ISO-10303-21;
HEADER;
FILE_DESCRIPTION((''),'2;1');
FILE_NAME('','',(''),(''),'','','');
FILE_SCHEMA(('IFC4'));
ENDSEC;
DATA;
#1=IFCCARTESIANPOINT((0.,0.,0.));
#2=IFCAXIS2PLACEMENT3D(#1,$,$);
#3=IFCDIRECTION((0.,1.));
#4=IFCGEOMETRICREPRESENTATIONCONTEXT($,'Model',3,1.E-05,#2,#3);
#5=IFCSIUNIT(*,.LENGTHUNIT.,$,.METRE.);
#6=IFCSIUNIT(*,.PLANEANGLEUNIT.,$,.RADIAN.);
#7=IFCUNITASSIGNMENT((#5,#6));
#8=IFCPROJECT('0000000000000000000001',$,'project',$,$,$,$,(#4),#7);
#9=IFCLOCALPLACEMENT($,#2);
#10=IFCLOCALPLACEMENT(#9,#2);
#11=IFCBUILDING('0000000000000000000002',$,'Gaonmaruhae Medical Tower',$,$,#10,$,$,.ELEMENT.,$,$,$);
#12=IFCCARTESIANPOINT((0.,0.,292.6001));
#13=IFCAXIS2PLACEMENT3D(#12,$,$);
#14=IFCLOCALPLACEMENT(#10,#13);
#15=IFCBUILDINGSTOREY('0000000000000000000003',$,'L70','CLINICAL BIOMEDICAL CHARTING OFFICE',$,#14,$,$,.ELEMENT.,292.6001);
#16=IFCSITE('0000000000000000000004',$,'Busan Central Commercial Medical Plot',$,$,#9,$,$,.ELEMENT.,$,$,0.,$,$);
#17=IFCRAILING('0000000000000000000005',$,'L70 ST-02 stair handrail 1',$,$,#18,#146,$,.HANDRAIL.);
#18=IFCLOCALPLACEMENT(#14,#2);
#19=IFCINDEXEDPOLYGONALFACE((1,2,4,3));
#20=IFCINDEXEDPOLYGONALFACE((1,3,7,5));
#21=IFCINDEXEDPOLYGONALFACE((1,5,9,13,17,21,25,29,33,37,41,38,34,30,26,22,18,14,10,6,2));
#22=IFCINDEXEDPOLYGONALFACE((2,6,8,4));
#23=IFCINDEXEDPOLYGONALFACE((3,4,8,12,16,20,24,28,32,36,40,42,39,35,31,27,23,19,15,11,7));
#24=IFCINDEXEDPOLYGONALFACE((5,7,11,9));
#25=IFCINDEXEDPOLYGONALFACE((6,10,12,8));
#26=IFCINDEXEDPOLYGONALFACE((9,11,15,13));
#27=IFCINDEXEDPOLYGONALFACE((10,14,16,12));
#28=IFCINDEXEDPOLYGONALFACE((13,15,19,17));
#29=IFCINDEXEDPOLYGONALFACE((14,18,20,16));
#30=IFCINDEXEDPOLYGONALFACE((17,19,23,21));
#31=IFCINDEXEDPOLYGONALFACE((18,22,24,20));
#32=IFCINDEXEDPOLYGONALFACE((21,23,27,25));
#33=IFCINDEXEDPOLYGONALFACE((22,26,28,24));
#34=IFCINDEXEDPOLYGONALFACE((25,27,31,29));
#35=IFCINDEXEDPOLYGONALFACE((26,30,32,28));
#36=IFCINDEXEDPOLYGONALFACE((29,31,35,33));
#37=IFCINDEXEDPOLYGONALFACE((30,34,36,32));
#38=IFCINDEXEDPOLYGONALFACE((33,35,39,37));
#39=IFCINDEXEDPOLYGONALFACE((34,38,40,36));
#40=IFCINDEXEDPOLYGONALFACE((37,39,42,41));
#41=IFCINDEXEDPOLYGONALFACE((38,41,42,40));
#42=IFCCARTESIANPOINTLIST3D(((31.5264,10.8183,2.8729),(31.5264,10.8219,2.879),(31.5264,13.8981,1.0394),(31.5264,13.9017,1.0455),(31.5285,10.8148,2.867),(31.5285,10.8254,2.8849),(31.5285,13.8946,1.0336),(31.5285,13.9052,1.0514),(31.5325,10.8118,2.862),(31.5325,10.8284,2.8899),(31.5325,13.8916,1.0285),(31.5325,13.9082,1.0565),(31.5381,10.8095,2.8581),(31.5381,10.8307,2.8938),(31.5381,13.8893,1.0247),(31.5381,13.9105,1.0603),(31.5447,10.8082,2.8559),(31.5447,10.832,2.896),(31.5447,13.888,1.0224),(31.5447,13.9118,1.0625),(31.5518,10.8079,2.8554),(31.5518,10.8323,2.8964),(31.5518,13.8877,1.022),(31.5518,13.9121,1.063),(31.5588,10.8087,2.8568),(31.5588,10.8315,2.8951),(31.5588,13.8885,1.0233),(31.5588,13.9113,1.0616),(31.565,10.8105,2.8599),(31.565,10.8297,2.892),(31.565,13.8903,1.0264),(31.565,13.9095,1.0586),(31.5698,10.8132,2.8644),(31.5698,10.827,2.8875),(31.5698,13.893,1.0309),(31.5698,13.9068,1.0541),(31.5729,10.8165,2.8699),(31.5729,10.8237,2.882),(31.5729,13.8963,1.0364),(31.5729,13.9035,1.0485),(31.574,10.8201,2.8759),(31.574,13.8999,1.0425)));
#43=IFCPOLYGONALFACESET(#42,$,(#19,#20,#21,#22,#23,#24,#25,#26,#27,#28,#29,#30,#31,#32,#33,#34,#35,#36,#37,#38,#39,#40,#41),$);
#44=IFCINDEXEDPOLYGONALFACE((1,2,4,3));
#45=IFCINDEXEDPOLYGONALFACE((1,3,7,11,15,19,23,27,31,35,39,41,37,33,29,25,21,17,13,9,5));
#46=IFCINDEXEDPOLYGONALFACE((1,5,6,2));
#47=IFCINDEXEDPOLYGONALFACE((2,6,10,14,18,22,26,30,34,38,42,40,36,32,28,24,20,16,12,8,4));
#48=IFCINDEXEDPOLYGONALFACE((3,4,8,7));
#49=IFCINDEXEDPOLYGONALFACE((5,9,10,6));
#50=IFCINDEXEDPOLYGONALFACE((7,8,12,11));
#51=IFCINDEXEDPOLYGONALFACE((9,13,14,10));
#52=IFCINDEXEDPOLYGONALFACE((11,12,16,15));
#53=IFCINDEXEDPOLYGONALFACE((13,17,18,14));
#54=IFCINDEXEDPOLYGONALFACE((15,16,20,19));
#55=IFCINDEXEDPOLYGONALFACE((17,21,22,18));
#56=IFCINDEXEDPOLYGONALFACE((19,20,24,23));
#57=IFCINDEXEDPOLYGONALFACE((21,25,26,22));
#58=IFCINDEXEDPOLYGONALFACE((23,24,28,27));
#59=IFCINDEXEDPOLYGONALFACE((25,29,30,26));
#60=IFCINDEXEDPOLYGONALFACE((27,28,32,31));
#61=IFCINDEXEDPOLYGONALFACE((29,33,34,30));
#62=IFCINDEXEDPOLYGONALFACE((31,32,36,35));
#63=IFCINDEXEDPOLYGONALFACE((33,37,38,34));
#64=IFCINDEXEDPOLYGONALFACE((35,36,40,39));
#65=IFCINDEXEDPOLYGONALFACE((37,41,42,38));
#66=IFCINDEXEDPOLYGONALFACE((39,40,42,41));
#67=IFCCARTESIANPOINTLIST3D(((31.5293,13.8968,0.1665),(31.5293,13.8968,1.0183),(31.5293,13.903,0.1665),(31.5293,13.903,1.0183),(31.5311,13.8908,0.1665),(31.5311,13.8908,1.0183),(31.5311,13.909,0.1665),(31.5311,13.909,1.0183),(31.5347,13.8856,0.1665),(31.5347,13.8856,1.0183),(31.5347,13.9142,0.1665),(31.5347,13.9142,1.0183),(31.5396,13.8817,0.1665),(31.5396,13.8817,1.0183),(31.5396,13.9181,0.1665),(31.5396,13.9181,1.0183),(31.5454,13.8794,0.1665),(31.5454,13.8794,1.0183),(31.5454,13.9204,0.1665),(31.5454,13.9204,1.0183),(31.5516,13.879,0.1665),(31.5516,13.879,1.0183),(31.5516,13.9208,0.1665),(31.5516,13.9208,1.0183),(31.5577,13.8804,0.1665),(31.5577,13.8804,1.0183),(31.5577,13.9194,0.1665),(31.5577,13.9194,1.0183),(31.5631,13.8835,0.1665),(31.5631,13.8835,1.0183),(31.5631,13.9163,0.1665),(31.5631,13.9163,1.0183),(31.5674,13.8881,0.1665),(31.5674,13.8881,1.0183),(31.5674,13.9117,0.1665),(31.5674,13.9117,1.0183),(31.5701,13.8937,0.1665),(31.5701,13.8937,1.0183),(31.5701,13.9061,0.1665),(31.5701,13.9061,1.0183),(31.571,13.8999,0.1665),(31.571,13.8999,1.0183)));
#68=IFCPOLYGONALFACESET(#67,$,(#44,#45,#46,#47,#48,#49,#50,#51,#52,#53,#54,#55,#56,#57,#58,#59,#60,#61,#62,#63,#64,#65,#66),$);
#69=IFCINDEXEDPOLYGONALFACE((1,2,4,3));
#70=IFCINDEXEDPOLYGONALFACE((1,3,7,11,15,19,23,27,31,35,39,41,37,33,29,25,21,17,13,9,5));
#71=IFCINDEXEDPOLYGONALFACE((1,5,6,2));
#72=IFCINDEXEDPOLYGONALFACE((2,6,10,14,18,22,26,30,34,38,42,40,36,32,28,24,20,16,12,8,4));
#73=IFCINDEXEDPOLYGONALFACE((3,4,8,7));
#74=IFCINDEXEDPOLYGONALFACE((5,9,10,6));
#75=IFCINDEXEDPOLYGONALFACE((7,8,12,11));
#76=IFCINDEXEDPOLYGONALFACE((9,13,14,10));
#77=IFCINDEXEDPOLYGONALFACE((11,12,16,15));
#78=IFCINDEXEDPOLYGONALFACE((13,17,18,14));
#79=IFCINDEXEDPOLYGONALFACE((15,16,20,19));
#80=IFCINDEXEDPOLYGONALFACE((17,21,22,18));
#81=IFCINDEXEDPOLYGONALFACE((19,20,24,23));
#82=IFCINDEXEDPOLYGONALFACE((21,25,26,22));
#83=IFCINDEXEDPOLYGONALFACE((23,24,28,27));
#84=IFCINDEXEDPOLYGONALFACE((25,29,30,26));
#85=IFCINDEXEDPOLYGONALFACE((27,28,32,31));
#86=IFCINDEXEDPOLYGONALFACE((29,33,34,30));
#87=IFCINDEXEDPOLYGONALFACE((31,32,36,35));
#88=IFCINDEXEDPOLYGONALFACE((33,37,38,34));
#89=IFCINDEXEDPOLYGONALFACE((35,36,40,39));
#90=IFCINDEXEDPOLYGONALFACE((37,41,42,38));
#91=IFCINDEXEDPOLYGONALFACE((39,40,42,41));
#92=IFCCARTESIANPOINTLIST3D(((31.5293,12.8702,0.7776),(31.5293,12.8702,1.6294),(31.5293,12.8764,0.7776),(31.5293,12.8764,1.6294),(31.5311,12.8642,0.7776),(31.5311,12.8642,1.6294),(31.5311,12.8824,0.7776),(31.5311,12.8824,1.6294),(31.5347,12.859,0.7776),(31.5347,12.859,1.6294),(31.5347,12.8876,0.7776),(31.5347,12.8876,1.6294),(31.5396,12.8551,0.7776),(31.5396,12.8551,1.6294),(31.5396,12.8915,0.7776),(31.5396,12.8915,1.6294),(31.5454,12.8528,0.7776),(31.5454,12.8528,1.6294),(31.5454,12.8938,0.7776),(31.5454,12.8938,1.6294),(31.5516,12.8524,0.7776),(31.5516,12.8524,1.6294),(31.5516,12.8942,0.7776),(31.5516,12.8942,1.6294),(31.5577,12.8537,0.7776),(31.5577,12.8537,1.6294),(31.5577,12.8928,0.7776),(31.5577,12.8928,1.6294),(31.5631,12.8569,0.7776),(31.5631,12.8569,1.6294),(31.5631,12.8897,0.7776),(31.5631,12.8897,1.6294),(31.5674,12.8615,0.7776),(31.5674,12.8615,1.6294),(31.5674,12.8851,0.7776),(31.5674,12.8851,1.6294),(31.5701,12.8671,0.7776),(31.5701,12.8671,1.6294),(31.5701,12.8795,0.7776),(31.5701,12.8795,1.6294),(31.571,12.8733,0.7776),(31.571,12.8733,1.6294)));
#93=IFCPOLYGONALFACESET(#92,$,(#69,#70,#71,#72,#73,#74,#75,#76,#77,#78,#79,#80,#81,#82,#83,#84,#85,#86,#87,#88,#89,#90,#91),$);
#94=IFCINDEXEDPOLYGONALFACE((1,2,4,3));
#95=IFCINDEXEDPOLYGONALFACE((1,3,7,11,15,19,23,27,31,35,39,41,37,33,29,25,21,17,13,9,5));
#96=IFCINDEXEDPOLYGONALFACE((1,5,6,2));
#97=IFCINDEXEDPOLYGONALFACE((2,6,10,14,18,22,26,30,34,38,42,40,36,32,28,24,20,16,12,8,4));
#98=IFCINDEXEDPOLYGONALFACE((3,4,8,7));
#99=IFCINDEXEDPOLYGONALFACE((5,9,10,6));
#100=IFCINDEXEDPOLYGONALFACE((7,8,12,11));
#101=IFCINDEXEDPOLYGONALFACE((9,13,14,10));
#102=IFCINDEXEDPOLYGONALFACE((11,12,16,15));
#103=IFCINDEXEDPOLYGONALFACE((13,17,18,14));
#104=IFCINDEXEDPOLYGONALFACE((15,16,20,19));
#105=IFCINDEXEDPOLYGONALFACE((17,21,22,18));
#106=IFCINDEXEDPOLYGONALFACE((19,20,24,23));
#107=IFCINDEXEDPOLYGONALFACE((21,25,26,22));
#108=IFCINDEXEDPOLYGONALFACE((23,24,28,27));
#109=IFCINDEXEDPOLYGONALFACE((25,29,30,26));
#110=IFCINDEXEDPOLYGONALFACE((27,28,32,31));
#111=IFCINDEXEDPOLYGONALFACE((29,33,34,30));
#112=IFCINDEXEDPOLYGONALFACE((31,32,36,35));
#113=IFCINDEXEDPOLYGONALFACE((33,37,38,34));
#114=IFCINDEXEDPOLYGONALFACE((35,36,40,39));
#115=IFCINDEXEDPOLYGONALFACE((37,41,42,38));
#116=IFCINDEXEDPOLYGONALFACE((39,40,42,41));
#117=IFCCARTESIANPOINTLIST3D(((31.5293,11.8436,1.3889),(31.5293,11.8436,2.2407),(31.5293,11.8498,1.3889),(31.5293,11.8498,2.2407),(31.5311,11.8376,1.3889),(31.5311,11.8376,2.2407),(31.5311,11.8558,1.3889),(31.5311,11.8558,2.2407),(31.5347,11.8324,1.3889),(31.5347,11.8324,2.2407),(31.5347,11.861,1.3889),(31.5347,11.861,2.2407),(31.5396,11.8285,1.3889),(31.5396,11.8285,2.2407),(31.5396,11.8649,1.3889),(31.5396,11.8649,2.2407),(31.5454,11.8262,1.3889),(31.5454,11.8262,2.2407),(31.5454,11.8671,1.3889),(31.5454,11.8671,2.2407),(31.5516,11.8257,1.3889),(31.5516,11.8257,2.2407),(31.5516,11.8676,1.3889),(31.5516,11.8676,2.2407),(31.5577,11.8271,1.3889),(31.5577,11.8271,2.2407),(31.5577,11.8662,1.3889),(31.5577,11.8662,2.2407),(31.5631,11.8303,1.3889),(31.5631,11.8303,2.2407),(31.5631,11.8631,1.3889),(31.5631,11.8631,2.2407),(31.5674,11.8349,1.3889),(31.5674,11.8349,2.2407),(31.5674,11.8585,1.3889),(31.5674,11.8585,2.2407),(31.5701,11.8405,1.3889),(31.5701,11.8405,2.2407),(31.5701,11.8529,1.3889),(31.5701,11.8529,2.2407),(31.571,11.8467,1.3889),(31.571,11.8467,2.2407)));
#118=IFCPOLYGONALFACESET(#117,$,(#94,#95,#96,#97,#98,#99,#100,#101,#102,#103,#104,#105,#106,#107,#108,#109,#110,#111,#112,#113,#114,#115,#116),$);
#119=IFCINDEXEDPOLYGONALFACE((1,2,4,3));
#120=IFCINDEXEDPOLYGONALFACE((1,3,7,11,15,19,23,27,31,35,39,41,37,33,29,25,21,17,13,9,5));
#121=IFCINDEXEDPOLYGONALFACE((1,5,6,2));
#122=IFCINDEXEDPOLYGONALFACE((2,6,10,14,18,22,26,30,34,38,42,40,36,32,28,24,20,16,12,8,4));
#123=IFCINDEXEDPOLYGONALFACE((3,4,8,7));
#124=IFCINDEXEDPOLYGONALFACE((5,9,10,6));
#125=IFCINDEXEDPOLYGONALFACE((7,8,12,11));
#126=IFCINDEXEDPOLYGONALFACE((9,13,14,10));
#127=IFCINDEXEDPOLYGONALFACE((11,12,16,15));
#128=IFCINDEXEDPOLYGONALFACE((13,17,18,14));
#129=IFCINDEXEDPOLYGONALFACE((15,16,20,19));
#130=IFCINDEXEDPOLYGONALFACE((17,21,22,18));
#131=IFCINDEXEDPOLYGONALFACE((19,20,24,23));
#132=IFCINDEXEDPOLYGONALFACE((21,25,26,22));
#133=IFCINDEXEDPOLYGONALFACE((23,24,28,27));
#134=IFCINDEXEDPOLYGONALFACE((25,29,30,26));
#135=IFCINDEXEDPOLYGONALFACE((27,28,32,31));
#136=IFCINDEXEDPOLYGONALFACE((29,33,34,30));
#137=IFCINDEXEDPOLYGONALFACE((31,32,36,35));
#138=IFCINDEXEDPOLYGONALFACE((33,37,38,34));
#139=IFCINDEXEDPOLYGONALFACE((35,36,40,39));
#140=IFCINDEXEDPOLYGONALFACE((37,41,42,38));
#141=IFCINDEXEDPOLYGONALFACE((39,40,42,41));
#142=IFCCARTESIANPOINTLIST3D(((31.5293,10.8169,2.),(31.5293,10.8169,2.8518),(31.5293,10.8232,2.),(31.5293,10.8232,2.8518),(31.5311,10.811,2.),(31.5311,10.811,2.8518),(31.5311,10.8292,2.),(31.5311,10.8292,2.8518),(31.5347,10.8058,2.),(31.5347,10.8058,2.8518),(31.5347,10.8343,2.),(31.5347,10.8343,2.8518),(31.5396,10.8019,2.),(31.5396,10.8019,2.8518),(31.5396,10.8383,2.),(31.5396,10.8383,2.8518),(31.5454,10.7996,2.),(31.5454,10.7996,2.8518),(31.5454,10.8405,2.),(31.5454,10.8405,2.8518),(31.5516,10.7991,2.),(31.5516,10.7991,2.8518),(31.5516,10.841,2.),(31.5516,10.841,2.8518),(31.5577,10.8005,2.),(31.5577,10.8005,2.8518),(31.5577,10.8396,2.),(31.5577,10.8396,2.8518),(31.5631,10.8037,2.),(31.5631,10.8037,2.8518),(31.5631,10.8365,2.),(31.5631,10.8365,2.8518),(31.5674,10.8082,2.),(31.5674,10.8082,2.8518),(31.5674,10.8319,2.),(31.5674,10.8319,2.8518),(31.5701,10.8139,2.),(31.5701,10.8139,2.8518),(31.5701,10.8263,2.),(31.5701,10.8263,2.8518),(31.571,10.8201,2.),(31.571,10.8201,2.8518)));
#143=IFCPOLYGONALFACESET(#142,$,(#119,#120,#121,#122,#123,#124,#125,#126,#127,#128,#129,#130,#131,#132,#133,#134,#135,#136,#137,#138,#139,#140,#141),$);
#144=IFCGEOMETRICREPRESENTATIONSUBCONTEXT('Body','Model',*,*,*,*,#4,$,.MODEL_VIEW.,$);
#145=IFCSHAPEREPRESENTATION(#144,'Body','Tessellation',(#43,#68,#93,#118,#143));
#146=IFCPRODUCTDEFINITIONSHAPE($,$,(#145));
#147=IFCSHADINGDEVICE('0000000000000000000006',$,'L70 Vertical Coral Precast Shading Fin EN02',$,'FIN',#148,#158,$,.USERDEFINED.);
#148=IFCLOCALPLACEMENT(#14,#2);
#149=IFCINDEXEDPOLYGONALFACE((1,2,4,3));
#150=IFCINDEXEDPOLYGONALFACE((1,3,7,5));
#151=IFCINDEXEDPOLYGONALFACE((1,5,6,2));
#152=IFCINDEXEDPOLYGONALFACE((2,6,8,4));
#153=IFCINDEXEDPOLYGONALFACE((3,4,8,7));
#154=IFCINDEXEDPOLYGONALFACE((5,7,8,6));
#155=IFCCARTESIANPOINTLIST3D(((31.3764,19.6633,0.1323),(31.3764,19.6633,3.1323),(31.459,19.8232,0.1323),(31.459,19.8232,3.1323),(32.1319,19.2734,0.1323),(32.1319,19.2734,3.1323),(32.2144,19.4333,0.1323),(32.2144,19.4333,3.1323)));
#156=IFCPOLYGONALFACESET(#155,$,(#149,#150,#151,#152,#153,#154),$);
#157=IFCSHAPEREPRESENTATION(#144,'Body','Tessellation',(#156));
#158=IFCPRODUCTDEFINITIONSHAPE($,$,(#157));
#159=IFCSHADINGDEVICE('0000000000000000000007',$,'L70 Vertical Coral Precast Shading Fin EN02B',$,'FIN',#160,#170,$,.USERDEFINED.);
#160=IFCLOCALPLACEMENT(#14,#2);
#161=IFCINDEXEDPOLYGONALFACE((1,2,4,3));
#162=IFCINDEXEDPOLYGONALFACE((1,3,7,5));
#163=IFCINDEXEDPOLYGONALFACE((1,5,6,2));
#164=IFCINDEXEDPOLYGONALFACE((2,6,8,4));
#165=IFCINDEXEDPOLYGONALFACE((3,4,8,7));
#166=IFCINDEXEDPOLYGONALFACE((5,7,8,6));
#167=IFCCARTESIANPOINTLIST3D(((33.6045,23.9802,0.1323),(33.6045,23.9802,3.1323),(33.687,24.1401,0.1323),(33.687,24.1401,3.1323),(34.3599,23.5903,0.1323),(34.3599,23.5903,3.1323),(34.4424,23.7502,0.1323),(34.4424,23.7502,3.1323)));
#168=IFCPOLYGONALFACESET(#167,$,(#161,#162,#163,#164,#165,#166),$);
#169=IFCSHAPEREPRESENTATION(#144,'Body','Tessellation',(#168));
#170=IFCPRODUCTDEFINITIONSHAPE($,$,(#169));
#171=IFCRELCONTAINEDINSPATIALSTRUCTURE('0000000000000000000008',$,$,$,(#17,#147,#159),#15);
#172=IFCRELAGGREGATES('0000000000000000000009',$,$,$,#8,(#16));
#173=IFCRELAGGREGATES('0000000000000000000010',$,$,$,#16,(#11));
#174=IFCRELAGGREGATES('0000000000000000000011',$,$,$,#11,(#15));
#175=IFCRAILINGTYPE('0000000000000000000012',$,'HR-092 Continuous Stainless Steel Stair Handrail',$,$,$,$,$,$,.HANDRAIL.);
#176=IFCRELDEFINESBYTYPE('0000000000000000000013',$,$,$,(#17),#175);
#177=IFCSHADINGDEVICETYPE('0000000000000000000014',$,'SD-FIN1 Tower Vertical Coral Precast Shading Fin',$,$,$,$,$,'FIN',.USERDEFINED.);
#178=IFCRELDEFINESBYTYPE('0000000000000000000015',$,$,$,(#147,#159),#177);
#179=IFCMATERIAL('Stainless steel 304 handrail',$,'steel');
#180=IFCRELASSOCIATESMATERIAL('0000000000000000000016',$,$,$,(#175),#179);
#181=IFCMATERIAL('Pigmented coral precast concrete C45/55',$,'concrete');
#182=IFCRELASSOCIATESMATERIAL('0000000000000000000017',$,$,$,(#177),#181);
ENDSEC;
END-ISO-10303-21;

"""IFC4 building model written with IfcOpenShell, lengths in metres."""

from ifc_helpers import new_model, si_unit, direction, frame, origin, origin_2d, place, context, subcontext, project, spatial, rectangle, circle, extrude, material, type_object, element, save


model = new_model("IFC4")

# Units and contexts
model_context = context("Model", 3, precision=1e-05, world=origin(), true_north=direction((0.0, 1.0)))
body_context = subcontext(model_context, "Body", "Model", "MODEL_VIEW")
ifc_project = project(units=[si_unit("LENGTHUNIT", "METRE"), si_unit("PLANEANGLEUNIT", "RADIAN")], contexts=[model_context])

# Site, building, storey
site_placement = place(None, origin())
site = spatial("IfcSite", under=ifc_project, at=site_placement, Name="Busan Central Commercial Medical Plot", CompositionType="ELEMENT", RefElevation=0.0)
building_placement = place(site_placement, origin())
building = spatial("IfcBuilding", under=site, at=building_placement, Name="Gaonmaruhae Medical Tower", CompositionType="ELEMENT")
storey_placement = place(building_placement, frame((0.0, 0.0, 292.6001)))
storey = spatial("IfcBuildingStorey", under=building, at=storey_placement, Name="L70", Description="CLINICAL BIOMEDICAL CHARTING OFFICE", CompositionType="ELEMENT", Elevation=292.6001)

# Railing
ifc_material_1 = material(Name="Stainless steel 304 handrail", Category="steel")
railing_type_1 = type_object("IfcRailingType", Name="HR-092 Continuous Stainless Steel Stair Handrail", PredefinedType="HANDRAIL", material=ifc_material_1)
railing_1_placement = place(storey_placement, frame((31.55, 13.8999, 0.1665)))
element("IfcRailing", 1, at=railing_1_placement, inside=storey, type_object=railing_type_1, Name="L70 ST-02 stair handrail 1", PredefinedType="HANDRAIL", context=body_context, shape_type="SweptSolid", body=[
    extrude(circle(Radius=0.0239, at=origin_2d()), frame((0.0, 0.0, 0.876), z_axis=(0.0, -0.859261, 0.511538), x_axis=(1.0, 0.0, 0.0)), (0.0, 0.0, 1.0), 3.5842),
    extrude(circle(Radius=0.021, at=origin_2d()), origin(), (0.0, 0.0, 1.0), 0.8518),
    extrude(circle(Radius=0.021, at=origin_2d()), frame((0.0, -1.0266, 0.6111)), (0.0, 0.0, 1.0), 0.8518),
    extrude(circle(Radius=0.021, at=origin_2d()), frame((0.0, -2.0532, 1.2224)), (0.0, 0.0, 1.0), 0.8518),
    extrude(circle(Radius=0.021, at=origin_2d()), frame((0.0, -3.0798, 1.8335)), (0.0, 0.0, 1.0), 0.8518),
])

# Shading devices
ifc_material_2 = material(Name="Pigmented coral precast concrete C45/55", Category="concrete")
shading_device_type = type_object("IfcShadingDeviceType", Name="SD-FIN1 Tower Vertical Coral Precast Shading Fin", ElementType="FIN", PredefinedType="USERDEFINED", material=ifc_material_2)
for number, where, z_axis, x_axis, name in (
    (2, (31.7954, 19.5483, 0.1323), (0.0, 0.0, 1.0), (0.45865, 0.888617, 0.0), "L70 Vertical Coral Precast Shading Fin EN02"),
    (3, (34.0234, 23.8652, 0.1323), (0.0, 0.0, 1.0), (0.45865, 0.888617, 0.0), "L70 Vertical Coral Precast Shading Fin EN02B"),
):
    element("IfcShadingDevice", number, at=place(storey_placement, frame(where, z_axis=z_axis, x_axis=x_axis)), inside=storey, type_object=shading_device_type, Name=name, ObjectType="FIN", PredefinedType="USERDEFINED", context=body_context, shape_type="SweptSolid", body=[
        extrude(rectangle(XDim=0.1799, YDim=0.8501, at=origin_2d()), origin(), (0.0, 0.0, 1.0), 3.0),
    ])

save(model, "model.ifc")
